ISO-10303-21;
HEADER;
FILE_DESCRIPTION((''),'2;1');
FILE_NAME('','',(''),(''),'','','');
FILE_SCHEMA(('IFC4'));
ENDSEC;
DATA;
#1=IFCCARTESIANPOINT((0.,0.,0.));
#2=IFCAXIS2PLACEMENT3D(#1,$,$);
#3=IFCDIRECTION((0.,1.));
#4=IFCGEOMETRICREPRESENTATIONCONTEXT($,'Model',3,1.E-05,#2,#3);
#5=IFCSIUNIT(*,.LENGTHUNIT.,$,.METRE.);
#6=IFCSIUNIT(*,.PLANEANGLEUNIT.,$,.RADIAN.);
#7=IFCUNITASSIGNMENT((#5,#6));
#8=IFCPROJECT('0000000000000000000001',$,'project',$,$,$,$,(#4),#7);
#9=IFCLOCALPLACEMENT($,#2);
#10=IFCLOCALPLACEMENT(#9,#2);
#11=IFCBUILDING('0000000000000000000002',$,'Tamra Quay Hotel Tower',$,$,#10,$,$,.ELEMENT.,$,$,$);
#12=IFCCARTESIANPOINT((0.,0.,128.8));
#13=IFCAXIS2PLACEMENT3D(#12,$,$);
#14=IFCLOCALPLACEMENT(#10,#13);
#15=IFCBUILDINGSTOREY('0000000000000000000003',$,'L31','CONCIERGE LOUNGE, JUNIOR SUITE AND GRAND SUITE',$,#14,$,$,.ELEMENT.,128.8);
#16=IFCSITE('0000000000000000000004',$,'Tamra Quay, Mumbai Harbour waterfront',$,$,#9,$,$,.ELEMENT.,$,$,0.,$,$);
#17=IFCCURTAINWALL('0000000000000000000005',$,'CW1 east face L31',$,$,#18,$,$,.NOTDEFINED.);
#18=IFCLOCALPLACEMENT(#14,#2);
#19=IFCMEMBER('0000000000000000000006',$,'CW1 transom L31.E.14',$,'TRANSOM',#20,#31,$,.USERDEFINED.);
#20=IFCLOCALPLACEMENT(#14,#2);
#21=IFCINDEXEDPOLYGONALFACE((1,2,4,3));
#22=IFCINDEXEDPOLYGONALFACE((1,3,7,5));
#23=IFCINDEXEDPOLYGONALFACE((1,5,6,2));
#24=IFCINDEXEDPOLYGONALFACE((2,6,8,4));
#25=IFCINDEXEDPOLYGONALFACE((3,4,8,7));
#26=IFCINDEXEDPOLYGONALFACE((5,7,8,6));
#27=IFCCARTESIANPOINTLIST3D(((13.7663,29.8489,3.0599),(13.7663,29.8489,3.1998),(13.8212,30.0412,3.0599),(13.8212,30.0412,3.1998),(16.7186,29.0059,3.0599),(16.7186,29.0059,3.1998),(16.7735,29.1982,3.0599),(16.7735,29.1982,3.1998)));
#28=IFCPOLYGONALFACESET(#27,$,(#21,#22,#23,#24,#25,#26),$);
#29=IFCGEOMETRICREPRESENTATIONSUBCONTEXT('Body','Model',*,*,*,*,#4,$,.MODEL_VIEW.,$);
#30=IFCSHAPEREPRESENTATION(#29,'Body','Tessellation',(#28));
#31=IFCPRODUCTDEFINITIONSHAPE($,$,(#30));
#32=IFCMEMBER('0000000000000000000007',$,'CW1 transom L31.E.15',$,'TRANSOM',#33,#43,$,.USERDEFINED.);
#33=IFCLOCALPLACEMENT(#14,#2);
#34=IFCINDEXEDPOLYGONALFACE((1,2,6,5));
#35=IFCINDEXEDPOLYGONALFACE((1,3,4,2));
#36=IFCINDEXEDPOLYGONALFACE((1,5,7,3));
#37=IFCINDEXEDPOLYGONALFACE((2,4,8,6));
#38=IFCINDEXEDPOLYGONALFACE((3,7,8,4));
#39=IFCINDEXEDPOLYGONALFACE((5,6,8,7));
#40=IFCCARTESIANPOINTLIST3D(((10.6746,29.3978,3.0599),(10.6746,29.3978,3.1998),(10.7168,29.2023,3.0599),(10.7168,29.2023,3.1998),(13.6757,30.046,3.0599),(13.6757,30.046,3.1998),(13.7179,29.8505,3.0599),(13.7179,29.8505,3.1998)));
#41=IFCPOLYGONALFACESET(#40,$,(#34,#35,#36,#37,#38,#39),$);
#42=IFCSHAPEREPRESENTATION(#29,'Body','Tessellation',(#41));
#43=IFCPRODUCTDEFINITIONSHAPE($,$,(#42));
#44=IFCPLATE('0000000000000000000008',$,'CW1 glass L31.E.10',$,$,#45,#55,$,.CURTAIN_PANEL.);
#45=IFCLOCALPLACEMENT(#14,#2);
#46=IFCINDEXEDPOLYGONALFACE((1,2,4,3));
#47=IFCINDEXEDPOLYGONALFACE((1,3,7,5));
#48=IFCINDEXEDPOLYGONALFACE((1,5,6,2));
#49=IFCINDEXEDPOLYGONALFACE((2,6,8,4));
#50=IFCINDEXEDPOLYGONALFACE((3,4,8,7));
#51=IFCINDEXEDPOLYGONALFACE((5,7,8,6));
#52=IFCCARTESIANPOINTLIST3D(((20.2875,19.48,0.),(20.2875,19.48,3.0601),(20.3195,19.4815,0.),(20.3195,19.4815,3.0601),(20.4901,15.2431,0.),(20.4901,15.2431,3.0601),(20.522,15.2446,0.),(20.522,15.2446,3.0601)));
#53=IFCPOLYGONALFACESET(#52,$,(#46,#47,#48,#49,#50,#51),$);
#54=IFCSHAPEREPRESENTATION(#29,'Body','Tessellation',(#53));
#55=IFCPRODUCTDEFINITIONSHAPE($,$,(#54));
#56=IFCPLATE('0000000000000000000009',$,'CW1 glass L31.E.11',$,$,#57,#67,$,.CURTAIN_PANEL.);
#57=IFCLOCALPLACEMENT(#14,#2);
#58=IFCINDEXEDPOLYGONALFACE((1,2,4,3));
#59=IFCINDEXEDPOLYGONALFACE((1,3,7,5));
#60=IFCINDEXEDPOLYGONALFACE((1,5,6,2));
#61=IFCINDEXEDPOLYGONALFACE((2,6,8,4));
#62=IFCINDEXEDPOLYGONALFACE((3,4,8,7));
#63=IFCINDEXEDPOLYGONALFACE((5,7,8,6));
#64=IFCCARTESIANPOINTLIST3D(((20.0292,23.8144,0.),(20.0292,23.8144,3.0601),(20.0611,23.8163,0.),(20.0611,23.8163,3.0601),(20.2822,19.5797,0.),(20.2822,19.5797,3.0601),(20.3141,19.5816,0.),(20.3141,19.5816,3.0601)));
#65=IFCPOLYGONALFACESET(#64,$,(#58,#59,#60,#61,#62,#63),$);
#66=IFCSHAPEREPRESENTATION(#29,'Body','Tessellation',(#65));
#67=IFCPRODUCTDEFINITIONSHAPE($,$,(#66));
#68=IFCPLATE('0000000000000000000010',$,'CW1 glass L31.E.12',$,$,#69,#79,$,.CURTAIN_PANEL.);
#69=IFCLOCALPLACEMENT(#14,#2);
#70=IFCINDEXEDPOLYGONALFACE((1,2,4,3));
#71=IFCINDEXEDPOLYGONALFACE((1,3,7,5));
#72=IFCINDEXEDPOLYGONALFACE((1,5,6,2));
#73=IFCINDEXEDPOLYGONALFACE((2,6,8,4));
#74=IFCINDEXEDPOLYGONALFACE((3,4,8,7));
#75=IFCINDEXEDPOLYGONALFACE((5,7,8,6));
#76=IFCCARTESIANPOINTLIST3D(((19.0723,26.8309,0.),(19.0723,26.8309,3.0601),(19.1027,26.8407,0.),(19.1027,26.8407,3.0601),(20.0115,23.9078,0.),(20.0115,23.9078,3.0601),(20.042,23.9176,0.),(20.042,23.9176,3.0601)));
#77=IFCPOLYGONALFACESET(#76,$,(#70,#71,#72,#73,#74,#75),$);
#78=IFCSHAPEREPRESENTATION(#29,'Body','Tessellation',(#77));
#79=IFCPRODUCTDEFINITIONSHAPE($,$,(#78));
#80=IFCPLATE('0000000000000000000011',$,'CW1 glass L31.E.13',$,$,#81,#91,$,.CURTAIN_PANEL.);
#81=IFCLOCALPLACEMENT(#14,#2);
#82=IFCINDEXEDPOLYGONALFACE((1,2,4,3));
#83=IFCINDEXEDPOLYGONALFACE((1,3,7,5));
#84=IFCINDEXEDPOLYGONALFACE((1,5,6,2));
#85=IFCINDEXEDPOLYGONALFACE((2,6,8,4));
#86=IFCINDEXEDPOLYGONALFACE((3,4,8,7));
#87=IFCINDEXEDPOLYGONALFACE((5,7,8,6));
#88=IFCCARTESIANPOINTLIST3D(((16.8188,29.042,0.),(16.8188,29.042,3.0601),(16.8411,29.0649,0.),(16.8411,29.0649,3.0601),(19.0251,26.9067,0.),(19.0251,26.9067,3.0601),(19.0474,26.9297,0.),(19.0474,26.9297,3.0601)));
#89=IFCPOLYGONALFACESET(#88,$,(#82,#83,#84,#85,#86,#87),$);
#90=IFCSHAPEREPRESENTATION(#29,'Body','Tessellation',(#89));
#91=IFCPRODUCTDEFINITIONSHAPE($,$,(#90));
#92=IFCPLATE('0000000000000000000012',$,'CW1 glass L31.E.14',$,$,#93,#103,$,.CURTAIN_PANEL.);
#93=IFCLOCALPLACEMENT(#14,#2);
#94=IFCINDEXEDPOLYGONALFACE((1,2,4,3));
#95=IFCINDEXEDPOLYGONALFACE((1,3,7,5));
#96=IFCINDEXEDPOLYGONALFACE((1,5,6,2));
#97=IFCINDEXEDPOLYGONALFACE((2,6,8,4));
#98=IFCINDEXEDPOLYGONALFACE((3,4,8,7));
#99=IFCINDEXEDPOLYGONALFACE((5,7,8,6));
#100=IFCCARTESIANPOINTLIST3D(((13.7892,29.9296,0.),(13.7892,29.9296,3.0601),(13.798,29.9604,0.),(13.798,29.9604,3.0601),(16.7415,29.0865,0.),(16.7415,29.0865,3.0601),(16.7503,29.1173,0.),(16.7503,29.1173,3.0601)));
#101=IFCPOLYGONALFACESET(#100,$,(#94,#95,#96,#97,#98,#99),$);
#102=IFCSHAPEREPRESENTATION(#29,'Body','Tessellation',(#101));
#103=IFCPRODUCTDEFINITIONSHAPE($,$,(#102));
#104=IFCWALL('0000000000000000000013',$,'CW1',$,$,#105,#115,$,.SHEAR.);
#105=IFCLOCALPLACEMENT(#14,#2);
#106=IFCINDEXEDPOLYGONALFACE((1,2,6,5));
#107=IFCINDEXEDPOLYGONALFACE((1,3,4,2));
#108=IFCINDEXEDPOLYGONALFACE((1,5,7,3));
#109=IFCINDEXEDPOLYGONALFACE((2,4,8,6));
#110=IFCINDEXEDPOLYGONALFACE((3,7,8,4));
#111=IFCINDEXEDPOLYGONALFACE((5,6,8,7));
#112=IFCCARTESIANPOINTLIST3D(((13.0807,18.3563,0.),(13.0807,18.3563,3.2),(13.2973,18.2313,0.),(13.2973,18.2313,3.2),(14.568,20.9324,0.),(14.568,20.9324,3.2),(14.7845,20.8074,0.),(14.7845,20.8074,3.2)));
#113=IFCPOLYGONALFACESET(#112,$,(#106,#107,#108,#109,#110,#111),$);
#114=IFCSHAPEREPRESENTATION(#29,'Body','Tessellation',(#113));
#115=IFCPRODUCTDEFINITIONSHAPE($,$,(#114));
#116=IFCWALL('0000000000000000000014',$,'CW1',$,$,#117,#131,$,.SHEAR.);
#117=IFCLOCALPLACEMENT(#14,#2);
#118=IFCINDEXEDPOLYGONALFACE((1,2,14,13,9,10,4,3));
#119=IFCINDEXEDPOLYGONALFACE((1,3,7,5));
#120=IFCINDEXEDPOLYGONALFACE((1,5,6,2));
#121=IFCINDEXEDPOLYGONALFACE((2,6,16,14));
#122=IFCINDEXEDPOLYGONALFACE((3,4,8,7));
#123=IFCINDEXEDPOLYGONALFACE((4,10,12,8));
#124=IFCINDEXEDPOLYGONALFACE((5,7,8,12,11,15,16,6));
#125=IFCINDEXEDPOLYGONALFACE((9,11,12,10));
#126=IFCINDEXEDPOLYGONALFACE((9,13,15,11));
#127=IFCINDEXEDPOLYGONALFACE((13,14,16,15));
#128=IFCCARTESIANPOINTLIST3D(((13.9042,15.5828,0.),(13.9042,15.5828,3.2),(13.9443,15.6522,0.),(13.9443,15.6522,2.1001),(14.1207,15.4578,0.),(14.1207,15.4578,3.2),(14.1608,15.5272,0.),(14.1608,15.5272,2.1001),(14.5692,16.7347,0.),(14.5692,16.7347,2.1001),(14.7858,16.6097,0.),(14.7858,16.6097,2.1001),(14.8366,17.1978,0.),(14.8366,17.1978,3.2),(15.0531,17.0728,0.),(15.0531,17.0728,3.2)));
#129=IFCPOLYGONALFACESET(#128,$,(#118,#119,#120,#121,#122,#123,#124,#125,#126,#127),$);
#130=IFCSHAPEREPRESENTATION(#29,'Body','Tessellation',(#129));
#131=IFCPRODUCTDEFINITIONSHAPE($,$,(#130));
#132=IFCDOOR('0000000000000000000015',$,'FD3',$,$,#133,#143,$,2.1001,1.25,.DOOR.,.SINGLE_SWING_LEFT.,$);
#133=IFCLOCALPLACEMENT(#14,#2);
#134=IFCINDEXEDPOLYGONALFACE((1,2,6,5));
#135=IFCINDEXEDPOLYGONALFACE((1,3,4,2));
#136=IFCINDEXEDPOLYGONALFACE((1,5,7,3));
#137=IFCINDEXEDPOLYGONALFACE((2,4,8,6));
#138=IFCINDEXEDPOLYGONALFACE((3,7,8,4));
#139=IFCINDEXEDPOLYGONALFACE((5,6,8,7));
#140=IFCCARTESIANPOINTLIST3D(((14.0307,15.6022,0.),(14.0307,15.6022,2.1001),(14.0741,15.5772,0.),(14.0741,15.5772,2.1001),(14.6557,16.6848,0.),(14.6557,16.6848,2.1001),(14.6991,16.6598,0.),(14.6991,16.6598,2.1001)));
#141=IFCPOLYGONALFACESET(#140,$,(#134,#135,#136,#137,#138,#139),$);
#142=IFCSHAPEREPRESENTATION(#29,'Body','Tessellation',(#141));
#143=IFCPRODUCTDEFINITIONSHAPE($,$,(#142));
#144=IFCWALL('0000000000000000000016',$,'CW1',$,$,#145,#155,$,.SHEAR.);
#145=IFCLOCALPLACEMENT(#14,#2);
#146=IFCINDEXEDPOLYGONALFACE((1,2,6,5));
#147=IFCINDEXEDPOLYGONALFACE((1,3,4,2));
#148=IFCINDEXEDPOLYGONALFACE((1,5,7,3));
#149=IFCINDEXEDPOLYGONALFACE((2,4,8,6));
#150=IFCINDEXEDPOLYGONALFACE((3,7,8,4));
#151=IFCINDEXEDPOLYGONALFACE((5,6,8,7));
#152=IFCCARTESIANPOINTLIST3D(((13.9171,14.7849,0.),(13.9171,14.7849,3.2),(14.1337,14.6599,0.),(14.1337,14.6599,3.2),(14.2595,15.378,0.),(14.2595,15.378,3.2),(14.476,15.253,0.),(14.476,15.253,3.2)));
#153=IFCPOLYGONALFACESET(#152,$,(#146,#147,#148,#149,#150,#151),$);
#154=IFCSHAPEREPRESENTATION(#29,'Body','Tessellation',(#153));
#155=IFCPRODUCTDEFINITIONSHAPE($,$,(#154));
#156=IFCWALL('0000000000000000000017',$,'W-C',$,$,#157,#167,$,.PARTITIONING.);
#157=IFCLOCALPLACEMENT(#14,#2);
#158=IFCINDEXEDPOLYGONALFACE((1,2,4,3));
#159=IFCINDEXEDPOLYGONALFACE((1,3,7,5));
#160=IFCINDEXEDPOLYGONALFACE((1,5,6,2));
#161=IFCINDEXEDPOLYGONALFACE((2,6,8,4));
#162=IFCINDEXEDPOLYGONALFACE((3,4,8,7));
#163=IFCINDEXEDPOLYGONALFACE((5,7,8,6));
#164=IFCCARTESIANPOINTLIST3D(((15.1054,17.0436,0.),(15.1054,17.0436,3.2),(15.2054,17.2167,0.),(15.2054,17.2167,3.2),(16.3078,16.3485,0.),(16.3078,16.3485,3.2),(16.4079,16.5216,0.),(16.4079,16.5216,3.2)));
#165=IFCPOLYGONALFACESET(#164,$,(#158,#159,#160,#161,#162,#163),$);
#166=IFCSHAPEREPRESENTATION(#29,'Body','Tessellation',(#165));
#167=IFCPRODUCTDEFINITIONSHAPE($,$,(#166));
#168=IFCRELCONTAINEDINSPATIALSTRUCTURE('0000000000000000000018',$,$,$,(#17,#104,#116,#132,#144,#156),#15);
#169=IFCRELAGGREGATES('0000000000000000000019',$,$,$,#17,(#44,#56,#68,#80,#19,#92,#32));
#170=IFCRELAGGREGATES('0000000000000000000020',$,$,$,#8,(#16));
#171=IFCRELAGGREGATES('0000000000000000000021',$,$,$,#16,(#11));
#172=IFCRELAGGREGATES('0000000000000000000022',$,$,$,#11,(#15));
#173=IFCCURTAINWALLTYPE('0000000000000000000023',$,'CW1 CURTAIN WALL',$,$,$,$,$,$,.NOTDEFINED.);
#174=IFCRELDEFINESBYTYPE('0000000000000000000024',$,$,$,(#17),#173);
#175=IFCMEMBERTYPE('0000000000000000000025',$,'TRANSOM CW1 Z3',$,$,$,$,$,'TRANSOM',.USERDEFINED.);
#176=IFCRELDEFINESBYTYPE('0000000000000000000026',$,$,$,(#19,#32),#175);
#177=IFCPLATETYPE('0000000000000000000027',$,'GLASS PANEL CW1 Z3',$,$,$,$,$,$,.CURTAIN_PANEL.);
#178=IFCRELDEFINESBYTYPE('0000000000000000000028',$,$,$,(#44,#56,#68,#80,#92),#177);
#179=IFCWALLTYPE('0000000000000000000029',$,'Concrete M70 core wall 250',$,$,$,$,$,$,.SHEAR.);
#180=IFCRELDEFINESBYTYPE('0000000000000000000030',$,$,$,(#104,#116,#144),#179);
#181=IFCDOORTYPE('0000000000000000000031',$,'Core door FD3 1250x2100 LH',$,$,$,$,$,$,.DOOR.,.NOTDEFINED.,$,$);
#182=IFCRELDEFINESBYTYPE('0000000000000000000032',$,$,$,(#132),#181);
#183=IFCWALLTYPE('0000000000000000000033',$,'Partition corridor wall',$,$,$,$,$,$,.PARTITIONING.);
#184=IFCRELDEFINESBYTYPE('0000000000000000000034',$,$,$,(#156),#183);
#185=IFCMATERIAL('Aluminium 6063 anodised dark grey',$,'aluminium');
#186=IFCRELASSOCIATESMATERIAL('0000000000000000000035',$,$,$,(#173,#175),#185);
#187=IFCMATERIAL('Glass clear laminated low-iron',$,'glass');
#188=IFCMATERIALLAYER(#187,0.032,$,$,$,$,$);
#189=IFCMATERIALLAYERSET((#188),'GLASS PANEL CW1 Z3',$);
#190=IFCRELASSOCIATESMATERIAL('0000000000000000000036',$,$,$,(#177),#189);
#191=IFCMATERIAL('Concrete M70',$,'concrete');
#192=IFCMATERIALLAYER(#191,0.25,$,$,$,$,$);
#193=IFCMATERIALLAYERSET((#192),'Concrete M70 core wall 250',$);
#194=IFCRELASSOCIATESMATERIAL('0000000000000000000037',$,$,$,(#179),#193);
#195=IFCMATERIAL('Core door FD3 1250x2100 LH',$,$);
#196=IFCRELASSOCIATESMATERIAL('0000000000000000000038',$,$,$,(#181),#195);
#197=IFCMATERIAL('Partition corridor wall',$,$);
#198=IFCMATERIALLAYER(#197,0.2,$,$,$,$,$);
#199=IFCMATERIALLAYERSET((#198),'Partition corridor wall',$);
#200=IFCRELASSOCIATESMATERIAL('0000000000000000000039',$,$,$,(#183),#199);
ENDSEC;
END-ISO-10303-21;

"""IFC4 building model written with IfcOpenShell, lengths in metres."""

from ifc_helpers import new_model, si_unit, direction, frame, frame_2d, origin, origin_2d, place, context, subcontext, project, spatial, rectangle, extrude, material, layer, layer_set, material_profile, profile_set, type_object, element, fill, aggregate, save


model = new_model("IFC4")

# Units and contexts
model_context = context("Model", 3, precision=1e-05, world=origin(), true_north=direction((0.0, 1.0)))
body_context = subcontext(model_context, "Body", "Model", "MODEL_VIEW")
ifc_project = project(units=[si_unit("LENGTHUNIT", "METRE"), si_unit("PLANEANGLEUNIT", "RADIAN")], contexts=[model_context])

# Site, building, storey
site_placement = place(None, origin())
site = spatial("IfcSite", under=ifc_project, at=site_placement, Name="Tamra Quay, Mumbai Harbour waterfront", CompositionType="ELEMENT", RefElevation=0.0)
building_placement = place(site_placement, origin())
building = spatial("IfcBuilding", under=site, at=building_placement, Name="Tamra Quay Hotel Tower", CompositionType="ELEMENT")
storey_placement = place(building_placement, frame((0.0, 0.0, 128.8)))
storey = spatial("IfcBuildingStorey", under=building, at=storey_placement, Name="L31", Description="CONCIERGE LOUNGE, JUNIOR SUITE AND GRAND SUITE", CompositionType="ELEMENT", Elevation=128.8)

# Shared definitions
ifc_material_1 = material(Name="Concrete M70", Category="concrete")

# Curtain wall
ifc_material_2 = material(Name="Aluminium 6063 anodised dark grey", Category="aluminium")
curtain_wall_type = type_object("IfcCurtainWallType", Name="CW1 CURTAIN WALL", PredefinedType="NOTDEFINED", material=ifc_material_2)
curtain_wall_placement = place(storey_placement, origin())
curtain_wall = element("IfcCurtainWall", 1, at=curtain_wall_placement, inside=storey, type_object=curtain_wall_type, Name="CW1 east face L31", PredefinedType="NOTDEFINED")

# Members
ifc_material_profile_1 = material_profile(ifc_material_2, rectangle(XDim=0.2, YDim=0.1399, at=origin_2d()), Name="TRANSOM 200X140")
ifc_profile_set_1 = profile_set([ifc_material_profile_1], Name="Aluminium 6063 anodised dark grey")
member_type_1 = type_object("IfcMemberType", Name="TRANSOM CW1 Z3", ElementType="TRANSOM", PredefinedType="USERDEFINED", material=ifc_profile_set_1)
member_1_placement = place(storey_placement, frame((16.7461, 29.1021, 3.1299), z_axis=(-0.961569, 0.274564, 0.0), x_axis=(-0.274564, -0.961569, 0.0)))
member_1 = element("IfcMember", 2, at=member_1_placement, type_object=member_type_1, Name="CW1 transom L31.E.14", ObjectType="TRANSOM", PredefinedType="USERDEFINED", context=body_context, shape_type="SweptSolid", body=[
    extrude(rectangle(XDim=0.2, YDim=0.1399, at=origin_2d()), origin(), (0.0, 0.0, 1.0), 3.0703),
])
member_2_placement = place(storey_placement, frame((13.6968, 29.9482, 3.1299), z_axis=(-0.977463, -0.211109, 0.0), x_axis=(0.211109, -0.977463, 0.0)))
member_2 = element("IfcMember", 3, at=member_2_placement, type_object=member_type_1, Name="CW1 transom L31.E.15", ObjectType="TRANSOM", PredefinedType="USERDEFINED", context=body_context, shape_type="SweptSolid", body=[
    extrude(rectangle(XDim=0.2, YDim=0.1399, at=origin_2d()), origin(), (0.0, 0.0, 1.0), 3.0703),
])

# Plates
ifc_material_3 = material(Name="Glass clear laminated low-iron", Category="glass")
ifc_layer_1 = layer(ifc_material_3, 0.032)
ifc_layer_set_1 = layer_set([ifc_layer_1], Name="GLASS PANEL CW1 Z3")
plate_type = type_object("IfcPlateType", Name="GLASS PANEL CW1 Z3", PredefinedType="CURTAIN_PANEL", material=ifc_layer_set_1)
plate_1_placement = place(storey_placement, frame((20.4048, 17.3623, 0.0), z_axis=(0.0, 0.0, 1.0), x_axis=(-0.047747, 0.998859, 0.0)))
plate_1 = element("IfcPlate", 4, at=plate_1_placement, type_object=plate_type, Name="CW1 glass L31.E.10", PredefinedType="CURTAIN_PANEL", context=body_context, shape_type="SweptSolid", body=[
    extrude(rectangle(XDim=4.2417, YDim=0.032, at=origin_2d()), origin(), (0.0, 0.0, 1.0), 3.0601),
])
plate_2_placement = place(storey_placement, frame((20.1716, 21.698, 0.0), z_axis=(0.0, 0.0, 1.0), x_axis=(-0.059642, 0.99822, 0.0)))
plate_2 = element("IfcPlate", 5, at=plate_2_placement, type_object=plate_type, Name="CW1 glass L31.E.11", PredefinedType="CURTAIN_PANEL", context=body_context, shape_type="SweptSolid", body=[
    extrude(rectangle(XDim=4.2422, YDim=0.032, at=origin_2d()), origin(), (0.0, 0.0, 1.0), 3.0601),
])
plate_3_placement = place(storey_placement, frame((19.5571, 25.3743, 0.0), z_axis=(0.0, 0.0, 1.0), x_axis=(-0.305915, 0.952059, 0.0)))
plate_3 = element("IfcPlate", 6, at=plate_3_placement, type_object=plate_type, Name="CW1 glass L31.E.12", PredefinedType="CURTAIN_PANEL", context=body_context, shape_type="SweptSolid", body=[
    extrude(rectangle(XDim=3.0703, YDim=0.032, at=origin_2d()), origin(), (0.0, 0.0, 1.0), 3.0601),
])
plate_4_placement = place(storey_placement, frame((17.9331, 27.9858, 0.0), z_axis=(0.0, 0.0, 1.0), x_axis=(-0.718584, 0.69544, 0.0)))
plate_4 = element("IfcPlate", 7, at=plate_4_placement, type_object=plate_type, Name="CW1 glass L31.E.13", PredefinedType="CURTAIN_PANEL", context=body_context, shape_type="SweptSolid", body=[
    extrude(rectangle(XDim=3.0703, YDim=0.032, at=origin_2d()), origin(), (0.0, 0.0, 1.0), 3.0601),
])
plate_5_placement = place(storey_placement, frame((15.2698, 29.5234, 0.0), z_axis=(0.0, 0.0, 1.0), x_axis=(-0.961561, 0.274593, 0.0)))
plate_5 = element("IfcPlate", 8, at=plate_5_placement, type_object=plate_type, Name="CW1 glass L31.E.14", PredefinedType="CURTAIN_PANEL", context=body_context, shape_type="SweptSolid", body=[
    extrude(rectangle(XDim=3.0703, YDim=0.032, at=origin_2d()), origin(), (0.0, 0.0, 1.0), 3.0601),
])
aggregate(curtain_wall, [plate_1, plate_2, plate_3, plate_4, member_1, plate_5, member_2])

# Wall
ifc_layer_2 = layer(ifc_material_1, 0.25)
ifc_layer_set_2 = layer_set([ifc_layer_2], Name="Concrete M70 core wall 250")
wall_type_1 = type_object("IfcWallType", Name="Concrete M70 core wall 250", PredefinedType="SHEAR", material=ifc_layer_set_2)
wall_1_placement = place(storey_placement, frame((14.6763, 20.8699, 0.0), z_axis=(0.0, 0.0, 1.0), x_axis=(-0.499988, -0.866033, 0.0)))
element("IfcWall", 9, at=wall_1_placement, inside=storey, type_object=wall_type_1, Name="CW1", PredefinedType="SHEAR", context=body_context, shape_type="SweptSolid", body=[
    extrude(rectangle(XDim=2.9746, YDim=0.25, at=frame_2d((1.4873, 0.0))), origin(), (0.0, 0.0, 1.0), 3.2),
])

# Wall, opening, door
wall_2_placement = place(storey_placement, frame((14.9448, 17.1353, 0.0), z_axis=(0.0, 0.0, 1.0), x_axis=(-0.499983, -0.866035, 0.0)))
wall_2 = element("IfcWall", 10, at=wall_2_placement, inside=storey, type_object=wall_type_1, Name="CW1", PredefinedType="SHEAR", context=body_context, shape_type="SweptSolid", body=[
    extrude(rectangle(XDim=1.8647, YDim=0.25, at=frame_2d((0.9324, 0.0))), origin(), (0.0, 0.0, 1.0), 3.2),
])
opening_placement = place(wall_2_placement, frame((0.5347, 0.0, 0.0)))
opening = element("IfcOpeningElement", 11, at=opening_placement, cuts=wall_2, PredefinedType="OPENING", context=body_context, shape_type="SweptSolid", body=[
    extrude(rectangle(XDim=1.25, YDim=2.1001, at=frame_2d((0.625, 1.05))), frame((0.0, 0.135, 0.0), z_axis=(0.0, -1.0, 0.0), x_axis=(1.0, 0.0, 0.0)), (0.0, 0.0, 1.0), 0.27),
])
ifc_material_4 = material(Name="Core door FD3 1250x2100 LH")
door_type = type_object("IfcDoorType", Name="Core door FD3 1250x2100 LH", OperationType="NOTDEFINED", PredefinedType="DOOR", material=ifc_material_4)
door_placement = place(opening_placement, origin())
door = element("IfcDoor", 12, at=door_placement, inside=storey, type_object=door_type, Name="FD3", OperationType="SINGLE_SWING_LEFT", OverallHeight=2.1001, OverallWidth=1.25, PredefinedType="DOOR", context=body_context, shape_type="SweptSolid", body=[
    extrude(rectangle(XDim=1.25, YDim=2.1001, at=frame_2d((0.625, 1.05))), frame((0.0, 0.0249, 0.0), z_axis=(0.0, -1.0, 0.0), x_axis=(1.0, 0.0, 0.0)), (0.0, 0.0, 1.0), 0.05),
])
fill(opening, door)

# Walls
wall_3_placement = place(storey_placement, frame((14.3677, 15.3154, 0.0), z_axis=(0.0, 0.0, 1.0), x_axis=(-0.499897, -0.866085, 0.0)))
element("IfcWall", 13, at=wall_3_placement, inside=storey, type_object=wall_type_1, Name="CW1", PredefinedType="SHEAR", context=body_context, shape_type="SweptSolid", body=[
    extrude(rectangle(XDim=0.6848, YDim=0.25, at=frame_2d((0.3423, 0.0))), origin(), (0.0, 0.0, 1.0), 3.2),
])
ifc_material_5 = material(Name="Partition corridor wall")
ifc_layer_3 = layer(ifc_material_5, 0.2)
ifc_layer_set_3 = layer_set([ifc_layer_3], Name="Partition corridor wall")
wall_type_2 = type_object("IfcWallType", Name="Partition corridor wall", PredefinedType="PARTITIONING", material=ifc_layer_set_3)
wall_4_placement = place(storey_placement, frame((15.1555, 17.1301, 0.0), z_axis=(0.0, 0.0, 1.0), x_axis=(0.865755, -0.500468, 0.0)))
element("IfcWall", 14, at=wall_4_placement, inside=storey, type_object=wall_type_2, Name="W-C", PredefinedType="PARTITIONING", context=body_context, shape_type="SweptSolid", body=[
    extrude(rectangle(XDim=1.3889, YDim=0.2, at=frame_2d((0.6943, 0.0))), origin(), (0.0, 0.0, 1.0), 3.2),
])

save(model, "model.ifc")
